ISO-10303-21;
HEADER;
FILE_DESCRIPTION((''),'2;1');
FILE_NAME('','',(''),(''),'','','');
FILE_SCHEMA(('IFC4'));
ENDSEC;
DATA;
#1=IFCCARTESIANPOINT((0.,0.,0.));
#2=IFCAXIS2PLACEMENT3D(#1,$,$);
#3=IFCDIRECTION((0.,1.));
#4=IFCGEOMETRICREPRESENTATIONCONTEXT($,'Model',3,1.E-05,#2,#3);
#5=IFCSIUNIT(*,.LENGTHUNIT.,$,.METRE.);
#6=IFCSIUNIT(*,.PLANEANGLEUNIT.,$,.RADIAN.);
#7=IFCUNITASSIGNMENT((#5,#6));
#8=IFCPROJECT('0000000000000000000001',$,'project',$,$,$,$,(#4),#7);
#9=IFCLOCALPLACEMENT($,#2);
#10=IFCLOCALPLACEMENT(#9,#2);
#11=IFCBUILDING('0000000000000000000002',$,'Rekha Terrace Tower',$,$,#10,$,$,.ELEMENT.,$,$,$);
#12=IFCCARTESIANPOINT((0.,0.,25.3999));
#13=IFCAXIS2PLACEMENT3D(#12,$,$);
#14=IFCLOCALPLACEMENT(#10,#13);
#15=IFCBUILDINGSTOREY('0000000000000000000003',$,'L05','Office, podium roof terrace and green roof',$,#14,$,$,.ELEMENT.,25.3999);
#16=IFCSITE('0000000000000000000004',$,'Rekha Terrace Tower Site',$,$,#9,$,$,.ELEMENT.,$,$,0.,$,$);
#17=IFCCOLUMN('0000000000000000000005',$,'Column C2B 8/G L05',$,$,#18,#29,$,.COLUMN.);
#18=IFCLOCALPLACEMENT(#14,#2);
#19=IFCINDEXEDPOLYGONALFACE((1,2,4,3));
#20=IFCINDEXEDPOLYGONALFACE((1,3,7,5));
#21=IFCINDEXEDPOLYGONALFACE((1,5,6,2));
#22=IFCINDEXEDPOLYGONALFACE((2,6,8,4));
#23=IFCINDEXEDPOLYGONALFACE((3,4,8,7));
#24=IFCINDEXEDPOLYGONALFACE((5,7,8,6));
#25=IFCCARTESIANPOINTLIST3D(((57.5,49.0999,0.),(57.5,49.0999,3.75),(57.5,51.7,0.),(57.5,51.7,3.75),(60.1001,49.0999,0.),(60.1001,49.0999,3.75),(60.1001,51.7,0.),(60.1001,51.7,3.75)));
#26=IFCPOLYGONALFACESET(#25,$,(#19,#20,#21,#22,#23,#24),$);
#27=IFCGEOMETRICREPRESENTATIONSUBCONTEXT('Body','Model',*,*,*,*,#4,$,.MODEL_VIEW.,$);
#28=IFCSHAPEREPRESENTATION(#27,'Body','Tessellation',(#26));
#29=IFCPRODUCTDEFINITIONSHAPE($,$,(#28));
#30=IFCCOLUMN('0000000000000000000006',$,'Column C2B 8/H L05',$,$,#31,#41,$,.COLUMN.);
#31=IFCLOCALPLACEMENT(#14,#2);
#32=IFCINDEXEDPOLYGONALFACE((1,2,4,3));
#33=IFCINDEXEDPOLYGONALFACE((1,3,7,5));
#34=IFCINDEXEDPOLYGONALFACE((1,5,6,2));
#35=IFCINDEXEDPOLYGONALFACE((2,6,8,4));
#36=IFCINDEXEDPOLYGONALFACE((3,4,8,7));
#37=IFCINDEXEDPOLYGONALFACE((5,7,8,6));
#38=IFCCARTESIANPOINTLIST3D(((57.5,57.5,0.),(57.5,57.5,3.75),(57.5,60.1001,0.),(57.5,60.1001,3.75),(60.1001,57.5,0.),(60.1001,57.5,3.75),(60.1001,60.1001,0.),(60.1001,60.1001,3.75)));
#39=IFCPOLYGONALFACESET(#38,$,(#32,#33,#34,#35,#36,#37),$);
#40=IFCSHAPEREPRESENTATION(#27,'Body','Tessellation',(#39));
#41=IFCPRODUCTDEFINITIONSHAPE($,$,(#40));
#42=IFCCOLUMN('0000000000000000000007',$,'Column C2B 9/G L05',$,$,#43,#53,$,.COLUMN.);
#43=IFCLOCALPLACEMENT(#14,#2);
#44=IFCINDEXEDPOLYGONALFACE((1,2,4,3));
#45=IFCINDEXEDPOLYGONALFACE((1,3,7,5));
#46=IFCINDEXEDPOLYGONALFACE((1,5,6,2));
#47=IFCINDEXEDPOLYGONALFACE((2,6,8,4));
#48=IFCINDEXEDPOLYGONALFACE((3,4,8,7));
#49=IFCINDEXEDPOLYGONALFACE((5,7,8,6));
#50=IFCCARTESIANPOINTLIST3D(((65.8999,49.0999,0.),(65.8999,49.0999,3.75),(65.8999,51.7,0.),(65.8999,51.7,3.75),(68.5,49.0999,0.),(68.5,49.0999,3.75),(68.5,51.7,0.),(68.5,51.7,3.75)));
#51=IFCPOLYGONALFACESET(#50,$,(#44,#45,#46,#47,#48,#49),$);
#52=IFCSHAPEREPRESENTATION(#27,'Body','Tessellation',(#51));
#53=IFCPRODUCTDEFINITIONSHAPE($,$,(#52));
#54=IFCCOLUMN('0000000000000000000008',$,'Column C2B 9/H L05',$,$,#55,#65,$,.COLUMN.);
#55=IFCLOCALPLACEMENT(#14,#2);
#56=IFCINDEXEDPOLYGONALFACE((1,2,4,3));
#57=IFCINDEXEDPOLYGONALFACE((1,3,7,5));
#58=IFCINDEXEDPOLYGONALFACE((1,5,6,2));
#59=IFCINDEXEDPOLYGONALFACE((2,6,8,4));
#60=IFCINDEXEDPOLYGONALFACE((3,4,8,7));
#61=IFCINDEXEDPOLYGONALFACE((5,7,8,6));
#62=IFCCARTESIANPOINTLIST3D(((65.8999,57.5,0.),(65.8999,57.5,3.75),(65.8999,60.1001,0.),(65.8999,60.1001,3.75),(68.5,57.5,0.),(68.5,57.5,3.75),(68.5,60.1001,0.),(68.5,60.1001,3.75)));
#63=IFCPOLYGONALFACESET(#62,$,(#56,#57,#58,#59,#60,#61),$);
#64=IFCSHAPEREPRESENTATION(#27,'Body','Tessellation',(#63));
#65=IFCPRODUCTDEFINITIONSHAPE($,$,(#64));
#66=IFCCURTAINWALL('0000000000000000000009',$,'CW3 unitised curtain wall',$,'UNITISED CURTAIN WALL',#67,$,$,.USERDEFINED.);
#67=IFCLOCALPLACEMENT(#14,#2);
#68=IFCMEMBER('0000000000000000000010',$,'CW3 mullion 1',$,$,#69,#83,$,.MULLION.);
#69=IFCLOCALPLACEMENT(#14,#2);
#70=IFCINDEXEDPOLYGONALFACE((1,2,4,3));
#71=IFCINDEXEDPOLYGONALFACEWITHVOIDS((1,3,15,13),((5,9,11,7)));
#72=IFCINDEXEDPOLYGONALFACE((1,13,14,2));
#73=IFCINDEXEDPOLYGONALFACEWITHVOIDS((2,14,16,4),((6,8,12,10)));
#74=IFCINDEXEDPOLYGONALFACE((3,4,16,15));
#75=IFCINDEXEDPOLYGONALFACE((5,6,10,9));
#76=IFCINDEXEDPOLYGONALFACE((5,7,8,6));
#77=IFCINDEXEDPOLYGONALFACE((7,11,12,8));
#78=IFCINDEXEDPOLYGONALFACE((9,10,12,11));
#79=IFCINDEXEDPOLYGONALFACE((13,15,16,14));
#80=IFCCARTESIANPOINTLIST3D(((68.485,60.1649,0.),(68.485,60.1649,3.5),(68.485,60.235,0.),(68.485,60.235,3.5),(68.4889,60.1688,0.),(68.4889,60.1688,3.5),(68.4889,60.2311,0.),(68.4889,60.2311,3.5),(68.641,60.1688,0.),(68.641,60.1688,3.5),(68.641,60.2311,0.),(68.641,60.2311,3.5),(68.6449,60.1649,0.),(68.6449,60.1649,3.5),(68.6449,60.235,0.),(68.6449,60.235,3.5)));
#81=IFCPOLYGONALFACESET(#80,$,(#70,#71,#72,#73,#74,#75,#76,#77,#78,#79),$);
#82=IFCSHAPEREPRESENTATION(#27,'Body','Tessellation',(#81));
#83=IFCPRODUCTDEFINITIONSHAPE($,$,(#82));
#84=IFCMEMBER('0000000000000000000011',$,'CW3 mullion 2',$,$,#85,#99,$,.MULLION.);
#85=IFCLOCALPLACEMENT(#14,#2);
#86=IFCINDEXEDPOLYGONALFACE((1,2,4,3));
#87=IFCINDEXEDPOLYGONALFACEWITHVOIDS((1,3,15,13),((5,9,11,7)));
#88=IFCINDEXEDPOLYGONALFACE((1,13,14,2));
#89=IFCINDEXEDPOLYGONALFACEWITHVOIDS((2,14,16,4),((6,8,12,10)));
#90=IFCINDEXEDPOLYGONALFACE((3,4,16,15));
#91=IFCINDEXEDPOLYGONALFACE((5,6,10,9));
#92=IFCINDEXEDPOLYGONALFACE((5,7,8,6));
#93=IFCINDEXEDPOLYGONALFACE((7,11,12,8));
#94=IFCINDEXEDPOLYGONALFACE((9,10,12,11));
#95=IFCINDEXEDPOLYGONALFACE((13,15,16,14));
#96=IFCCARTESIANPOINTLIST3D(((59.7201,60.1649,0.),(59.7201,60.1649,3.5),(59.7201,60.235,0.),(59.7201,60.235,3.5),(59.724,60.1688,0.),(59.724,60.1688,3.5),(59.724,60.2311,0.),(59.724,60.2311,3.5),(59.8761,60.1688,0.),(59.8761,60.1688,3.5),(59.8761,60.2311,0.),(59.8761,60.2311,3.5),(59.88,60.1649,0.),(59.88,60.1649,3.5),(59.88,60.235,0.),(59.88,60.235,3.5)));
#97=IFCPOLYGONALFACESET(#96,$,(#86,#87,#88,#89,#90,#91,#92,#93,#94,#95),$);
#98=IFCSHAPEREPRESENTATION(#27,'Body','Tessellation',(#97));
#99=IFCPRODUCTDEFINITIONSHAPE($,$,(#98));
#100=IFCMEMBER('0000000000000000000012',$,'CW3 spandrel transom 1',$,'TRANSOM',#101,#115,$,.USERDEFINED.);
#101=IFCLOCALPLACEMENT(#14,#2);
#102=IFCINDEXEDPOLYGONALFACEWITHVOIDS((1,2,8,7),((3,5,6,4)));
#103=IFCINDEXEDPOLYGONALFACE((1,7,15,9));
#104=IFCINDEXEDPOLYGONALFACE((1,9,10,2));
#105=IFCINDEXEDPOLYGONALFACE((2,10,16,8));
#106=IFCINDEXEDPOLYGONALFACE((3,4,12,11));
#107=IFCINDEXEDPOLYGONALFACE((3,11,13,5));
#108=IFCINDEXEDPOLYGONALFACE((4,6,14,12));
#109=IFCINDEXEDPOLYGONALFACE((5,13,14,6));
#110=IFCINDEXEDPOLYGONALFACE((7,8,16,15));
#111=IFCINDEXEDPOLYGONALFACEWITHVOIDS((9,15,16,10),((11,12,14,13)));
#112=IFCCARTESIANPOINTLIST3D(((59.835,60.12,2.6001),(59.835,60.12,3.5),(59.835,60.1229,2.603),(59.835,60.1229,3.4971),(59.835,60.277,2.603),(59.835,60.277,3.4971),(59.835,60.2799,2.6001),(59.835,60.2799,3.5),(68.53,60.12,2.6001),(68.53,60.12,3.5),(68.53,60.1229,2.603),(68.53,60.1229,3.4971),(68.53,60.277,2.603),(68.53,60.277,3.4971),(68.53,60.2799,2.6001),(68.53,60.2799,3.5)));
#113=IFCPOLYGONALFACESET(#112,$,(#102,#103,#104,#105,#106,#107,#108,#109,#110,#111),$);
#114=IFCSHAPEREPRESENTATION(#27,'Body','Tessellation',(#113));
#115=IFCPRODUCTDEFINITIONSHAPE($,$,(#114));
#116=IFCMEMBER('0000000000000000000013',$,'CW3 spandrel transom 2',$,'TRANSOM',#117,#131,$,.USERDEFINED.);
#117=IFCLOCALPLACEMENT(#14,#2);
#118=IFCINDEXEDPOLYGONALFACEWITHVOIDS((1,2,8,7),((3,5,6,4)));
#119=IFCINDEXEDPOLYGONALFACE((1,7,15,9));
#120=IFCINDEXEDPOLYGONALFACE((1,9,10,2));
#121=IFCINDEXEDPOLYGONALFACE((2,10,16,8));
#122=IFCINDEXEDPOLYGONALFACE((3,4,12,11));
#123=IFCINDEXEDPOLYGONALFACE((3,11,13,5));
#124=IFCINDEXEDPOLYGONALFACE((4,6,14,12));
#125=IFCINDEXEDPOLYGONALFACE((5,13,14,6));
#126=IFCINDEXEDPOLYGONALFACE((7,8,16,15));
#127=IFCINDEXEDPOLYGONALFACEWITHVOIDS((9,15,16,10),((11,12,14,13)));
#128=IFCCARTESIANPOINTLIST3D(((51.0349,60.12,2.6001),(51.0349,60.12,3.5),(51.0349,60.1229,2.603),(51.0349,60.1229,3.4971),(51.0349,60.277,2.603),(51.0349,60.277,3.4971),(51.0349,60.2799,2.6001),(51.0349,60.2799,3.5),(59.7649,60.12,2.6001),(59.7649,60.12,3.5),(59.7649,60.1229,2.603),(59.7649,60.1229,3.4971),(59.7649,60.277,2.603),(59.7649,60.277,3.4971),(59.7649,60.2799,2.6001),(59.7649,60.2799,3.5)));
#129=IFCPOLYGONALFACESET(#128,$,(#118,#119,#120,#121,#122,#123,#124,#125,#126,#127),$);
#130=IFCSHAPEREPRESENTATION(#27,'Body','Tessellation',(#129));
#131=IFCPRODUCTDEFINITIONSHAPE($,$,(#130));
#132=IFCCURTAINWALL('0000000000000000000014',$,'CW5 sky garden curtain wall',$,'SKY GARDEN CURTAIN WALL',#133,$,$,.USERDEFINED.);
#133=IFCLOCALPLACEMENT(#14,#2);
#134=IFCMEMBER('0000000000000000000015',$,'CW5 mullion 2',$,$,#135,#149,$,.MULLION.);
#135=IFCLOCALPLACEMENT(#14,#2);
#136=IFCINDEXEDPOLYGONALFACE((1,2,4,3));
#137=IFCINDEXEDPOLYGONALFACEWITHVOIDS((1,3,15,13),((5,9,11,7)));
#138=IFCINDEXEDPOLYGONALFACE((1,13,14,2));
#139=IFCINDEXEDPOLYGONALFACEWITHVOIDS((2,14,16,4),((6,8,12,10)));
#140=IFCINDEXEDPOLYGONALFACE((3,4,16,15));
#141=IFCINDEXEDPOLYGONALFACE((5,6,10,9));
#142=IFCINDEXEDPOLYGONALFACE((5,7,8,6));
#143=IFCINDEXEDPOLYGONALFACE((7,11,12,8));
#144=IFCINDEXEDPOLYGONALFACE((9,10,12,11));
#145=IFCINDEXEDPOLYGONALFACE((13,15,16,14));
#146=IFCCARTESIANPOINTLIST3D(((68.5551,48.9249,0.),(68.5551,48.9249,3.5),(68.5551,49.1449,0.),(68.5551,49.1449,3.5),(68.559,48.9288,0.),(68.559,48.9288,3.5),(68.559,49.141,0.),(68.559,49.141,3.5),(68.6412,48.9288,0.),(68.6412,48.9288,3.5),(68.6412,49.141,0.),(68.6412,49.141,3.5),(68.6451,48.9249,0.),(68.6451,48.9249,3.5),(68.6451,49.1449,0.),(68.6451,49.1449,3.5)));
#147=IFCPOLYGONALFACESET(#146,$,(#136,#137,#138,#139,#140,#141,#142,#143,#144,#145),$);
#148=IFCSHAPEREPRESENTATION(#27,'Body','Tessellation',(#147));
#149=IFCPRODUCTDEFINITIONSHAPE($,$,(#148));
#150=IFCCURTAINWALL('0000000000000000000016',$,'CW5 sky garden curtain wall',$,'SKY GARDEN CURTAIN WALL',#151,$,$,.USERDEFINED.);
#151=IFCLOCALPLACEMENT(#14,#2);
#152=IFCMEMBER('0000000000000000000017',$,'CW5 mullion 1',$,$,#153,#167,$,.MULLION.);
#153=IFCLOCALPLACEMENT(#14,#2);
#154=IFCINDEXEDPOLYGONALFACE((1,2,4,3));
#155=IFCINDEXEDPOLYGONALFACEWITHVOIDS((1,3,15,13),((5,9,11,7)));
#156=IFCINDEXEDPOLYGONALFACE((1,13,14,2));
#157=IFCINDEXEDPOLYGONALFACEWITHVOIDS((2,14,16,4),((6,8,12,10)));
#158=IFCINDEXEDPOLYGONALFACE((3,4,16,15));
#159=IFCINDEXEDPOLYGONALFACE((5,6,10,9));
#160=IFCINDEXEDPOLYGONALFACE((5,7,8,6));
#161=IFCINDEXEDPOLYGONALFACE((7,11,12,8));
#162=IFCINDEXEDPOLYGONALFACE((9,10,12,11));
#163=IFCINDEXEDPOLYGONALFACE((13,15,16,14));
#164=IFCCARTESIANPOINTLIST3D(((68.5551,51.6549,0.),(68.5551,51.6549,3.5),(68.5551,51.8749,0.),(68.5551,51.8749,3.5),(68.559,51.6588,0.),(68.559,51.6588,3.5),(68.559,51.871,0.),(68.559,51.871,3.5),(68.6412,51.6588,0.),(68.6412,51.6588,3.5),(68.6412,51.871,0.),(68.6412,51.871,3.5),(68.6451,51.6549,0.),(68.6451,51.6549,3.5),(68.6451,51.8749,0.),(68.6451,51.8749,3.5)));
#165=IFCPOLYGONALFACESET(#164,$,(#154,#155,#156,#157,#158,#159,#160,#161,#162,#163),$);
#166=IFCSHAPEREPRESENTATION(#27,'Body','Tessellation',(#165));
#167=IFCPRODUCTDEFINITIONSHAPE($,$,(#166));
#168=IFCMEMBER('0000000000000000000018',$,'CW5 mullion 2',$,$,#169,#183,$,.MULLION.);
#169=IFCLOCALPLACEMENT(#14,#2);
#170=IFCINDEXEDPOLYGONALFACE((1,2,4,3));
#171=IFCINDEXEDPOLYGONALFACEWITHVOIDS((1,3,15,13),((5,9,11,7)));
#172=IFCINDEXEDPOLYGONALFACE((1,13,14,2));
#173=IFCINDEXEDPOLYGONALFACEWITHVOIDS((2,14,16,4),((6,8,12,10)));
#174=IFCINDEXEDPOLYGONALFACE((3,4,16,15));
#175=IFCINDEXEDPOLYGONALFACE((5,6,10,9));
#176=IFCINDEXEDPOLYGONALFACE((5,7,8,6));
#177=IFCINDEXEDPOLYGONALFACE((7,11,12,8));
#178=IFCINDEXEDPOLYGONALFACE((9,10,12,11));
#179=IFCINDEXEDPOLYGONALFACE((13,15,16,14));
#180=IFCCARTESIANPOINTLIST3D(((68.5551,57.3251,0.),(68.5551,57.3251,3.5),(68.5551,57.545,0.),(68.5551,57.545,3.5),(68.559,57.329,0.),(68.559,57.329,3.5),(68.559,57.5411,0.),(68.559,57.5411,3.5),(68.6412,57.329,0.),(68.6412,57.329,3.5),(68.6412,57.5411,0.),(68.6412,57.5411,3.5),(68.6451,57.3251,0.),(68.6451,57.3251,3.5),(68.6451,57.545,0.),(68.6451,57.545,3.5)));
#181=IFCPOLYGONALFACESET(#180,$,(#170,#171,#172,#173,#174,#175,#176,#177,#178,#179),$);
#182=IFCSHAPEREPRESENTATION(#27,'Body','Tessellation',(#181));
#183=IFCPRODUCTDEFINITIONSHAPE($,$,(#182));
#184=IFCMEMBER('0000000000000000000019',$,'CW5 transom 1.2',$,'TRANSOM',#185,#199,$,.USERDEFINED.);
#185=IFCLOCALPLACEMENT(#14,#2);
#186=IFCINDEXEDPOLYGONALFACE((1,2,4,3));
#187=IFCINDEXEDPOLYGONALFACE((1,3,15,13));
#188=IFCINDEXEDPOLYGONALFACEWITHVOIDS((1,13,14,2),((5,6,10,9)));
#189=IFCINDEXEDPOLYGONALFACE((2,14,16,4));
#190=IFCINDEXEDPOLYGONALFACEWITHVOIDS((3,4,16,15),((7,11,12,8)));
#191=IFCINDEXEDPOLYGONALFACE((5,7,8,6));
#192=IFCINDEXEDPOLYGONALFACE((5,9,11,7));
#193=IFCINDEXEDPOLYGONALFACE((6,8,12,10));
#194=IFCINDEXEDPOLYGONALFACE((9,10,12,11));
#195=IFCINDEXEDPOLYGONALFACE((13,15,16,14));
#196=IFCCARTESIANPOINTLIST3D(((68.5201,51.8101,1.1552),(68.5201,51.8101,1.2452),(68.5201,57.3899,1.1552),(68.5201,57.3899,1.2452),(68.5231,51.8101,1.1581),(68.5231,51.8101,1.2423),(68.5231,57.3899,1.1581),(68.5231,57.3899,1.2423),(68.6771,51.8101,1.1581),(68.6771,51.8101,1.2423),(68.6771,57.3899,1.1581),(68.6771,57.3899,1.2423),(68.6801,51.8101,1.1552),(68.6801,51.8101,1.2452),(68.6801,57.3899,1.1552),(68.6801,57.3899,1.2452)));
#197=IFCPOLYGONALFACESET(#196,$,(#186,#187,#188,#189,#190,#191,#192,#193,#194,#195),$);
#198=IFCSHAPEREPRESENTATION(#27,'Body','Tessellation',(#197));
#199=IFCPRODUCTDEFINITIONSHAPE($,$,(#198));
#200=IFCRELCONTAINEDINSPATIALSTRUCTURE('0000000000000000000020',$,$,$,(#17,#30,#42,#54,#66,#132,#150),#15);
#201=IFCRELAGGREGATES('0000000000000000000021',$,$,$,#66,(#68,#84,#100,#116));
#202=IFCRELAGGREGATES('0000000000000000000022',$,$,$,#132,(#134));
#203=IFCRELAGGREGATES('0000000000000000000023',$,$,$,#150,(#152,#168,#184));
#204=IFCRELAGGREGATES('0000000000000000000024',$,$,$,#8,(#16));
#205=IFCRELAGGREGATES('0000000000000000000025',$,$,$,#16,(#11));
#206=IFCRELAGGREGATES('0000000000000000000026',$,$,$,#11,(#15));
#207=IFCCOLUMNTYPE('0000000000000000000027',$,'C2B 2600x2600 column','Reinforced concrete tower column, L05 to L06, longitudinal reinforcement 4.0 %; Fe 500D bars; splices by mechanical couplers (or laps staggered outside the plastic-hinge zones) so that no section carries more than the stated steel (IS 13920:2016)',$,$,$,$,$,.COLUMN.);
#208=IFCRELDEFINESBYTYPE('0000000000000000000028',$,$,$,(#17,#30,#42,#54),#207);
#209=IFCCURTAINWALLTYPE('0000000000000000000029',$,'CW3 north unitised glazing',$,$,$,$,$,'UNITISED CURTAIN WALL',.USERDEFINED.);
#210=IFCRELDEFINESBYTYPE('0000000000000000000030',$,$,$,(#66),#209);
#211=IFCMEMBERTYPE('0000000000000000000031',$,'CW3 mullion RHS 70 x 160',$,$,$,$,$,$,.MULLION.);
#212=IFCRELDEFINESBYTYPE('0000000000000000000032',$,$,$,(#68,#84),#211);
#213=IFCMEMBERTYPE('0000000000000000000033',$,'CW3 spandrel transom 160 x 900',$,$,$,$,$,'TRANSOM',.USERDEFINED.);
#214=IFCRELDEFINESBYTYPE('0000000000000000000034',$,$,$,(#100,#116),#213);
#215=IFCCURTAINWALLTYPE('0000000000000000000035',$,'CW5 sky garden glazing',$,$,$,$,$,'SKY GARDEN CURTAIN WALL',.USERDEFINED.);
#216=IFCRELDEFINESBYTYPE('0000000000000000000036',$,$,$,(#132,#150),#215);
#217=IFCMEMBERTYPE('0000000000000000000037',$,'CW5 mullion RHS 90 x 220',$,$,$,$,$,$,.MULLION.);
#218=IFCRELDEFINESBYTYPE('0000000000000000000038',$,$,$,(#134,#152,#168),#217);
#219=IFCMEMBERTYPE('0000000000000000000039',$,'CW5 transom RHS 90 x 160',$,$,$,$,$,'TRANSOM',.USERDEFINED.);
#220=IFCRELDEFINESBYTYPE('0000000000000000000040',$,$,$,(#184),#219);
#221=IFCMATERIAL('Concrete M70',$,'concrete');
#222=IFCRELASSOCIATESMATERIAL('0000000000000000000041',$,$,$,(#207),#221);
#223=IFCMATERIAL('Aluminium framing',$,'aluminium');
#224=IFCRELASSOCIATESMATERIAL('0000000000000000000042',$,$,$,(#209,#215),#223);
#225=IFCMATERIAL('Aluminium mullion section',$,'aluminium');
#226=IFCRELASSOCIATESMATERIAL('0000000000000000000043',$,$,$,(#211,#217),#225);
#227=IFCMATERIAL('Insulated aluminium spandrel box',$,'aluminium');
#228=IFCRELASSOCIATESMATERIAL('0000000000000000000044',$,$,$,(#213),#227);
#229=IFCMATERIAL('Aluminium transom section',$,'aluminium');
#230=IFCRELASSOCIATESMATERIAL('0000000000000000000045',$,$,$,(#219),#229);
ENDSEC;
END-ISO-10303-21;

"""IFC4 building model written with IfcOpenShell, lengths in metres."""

from ifc_helpers import new_model, si_unit, direction, frame, origin, origin_2d, place, context, subcontext, project, spatial, rectangle, hollow_rectangle, extrude, material, material_profile, profile_set, type_object, element, aggregate, save


model = new_model("IFC4")

# Units and contexts
model_context = context("Model", 3, precision=1e-05, world=origin(), true_north=direction((0.0, 1.0)))
body_context = subcontext(model_context, "Body", "Model", "MODEL_VIEW")
ifc_project = project(units=[si_unit("LENGTHUNIT", "METRE"), si_unit("PLANEANGLEUNIT", "RADIAN")], contexts=[model_context])

# Site, building, storey
site_placement = place(None, origin())
site = spatial("IfcSite", under=ifc_project, at=site_placement, Name="Rekha Terrace Tower Site", CompositionType="ELEMENT", RefElevation=0.0)
building_placement = place(site_placement, origin())
building = spatial("IfcBuilding", under=site, at=building_placement, Name="Rekha Terrace Tower", CompositionType="ELEMENT")
storey_placement = place(building_placement, frame((0.0, 0.0, 25.3999)))
storey = spatial("IfcBuildingStorey", under=building, at=storey_placement, Name="L05", Description="Office, podium roof terrace and green roof", CompositionType="ELEMENT", Elevation=25.3999)

# Columns
ifc_material_1 = material(Name="Concrete M70", Category="concrete")
ifc_material_profile_1 = material_profile(ifc_material_1, rectangle(XDim=2.6001, YDim=2.6001, at=origin_2d()), Name="RC 2600x2600")
ifc_profile_set_1 = profile_set([ifc_material_profile_1], Name="Concrete M70")
column_type = type_object("IfcColumnType", Name="C2B 2600x2600 column", Description="Reinforced concrete tower column, L05 to L06, longitudinal reinforcement 4.0 %; Fe 500D bars; splices by mechanical couplers (or laps staggered outside the plastic-hinge zones) so that no section carries more than the stated steel (IS 13920:2016)", PredefinedType="COLUMN", material=ifc_profile_set_1)
for number, where, z_axis, x_axis, name in (
    (1, (58.8, 50.3999, 0.0), (0.0, 0.0, 1.0), (1.0, 0.0, 0.0), "Column C2B 8/G L05"),
    (2, (58.8, 58.8, 0.0), (0.0, 0.0, 1.0), (1.0, 0.0, 0.0), "Column C2B 8/H L05"),
    (3, (67.2, 50.3999, 0.0), (0.0, 0.0, 1.0), (1.0, 0.0, 0.0), "Column C2B 9/G L05"),
    (4, (67.2, 58.8, 0.0), (0.0, 0.0, 1.0), (1.0, 0.0, 0.0), "Column C2B 9/H L05"),
):
    element("IfcColumn", number, at=place(storey_placement, frame(where, z_axis=z_axis, x_axis=x_axis)), inside=storey, type_object=column_type, Name=name, PredefinedType="COLUMN", context=body_context, shape_type="SweptSolid", body=[
        extrude(rectangle(XDim=2.6001, YDim=2.6001, at=origin_2d()), origin(), (0.0, 0.0, 1.0), 3.75),
    ])

# Curtain wall, members
ifc_material_2 = material(Name="Aluminium framing", Category="aluminium")
curtain_wall_type_1 = type_object("IfcCurtainWallType", Name="CW3 north unitised glazing", ElementType="UNITISED CURTAIN WALL", PredefinedType="USERDEFINED", material=ifc_material_2)
curtain_wall_1_placement = place(storey_placement, origin())
curtain_wall_1 = element("IfcCurtainWall", 5, at=curtain_wall_1_placement, inside=storey, type_object=curtain_wall_type_1, Name="CW3 unitised curtain wall", ObjectType="UNITISED CURTAIN WALL", PredefinedType="USERDEFINED")
ifc_material_3 = material(Name="Aluminium mullion section", Category="aluminium")
ifc_material_profile_2 = material_profile(ifc_material_3, hollow_rectangle(XDim=0.0701, YDim=0.1599, WallThickness=0.0039, at=origin_2d()), Name="AL RHS 70x160")
ifc_profile_set_2 = profile_set([ifc_material_profile_2], Name="Aluminium mullion section")
member_type_1 = type_object("IfcMemberType", Name="CW3 mullion RHS 70 x 160", PredefinedType="MULLION", material=ifc_profile_set_2)
member_1_placement = place(storey_placement, frame((68.5649, 60.2, 0.0), z_axis=(0.0, 0.0, 1.0), x_axis=(0.0, -1.0, 0.0)))
member_1 = element("IfcMember", 6, at=member_1_placement, type_object=member_type_1, Name="CW3 mullion 1", PredefinedType="MULLION", context=body_context, shape_type="SweptSolid", body=[
    extrude(hollow_rectangle(XDim=0.0701, YDim=0.1599, WallThickness=0.0039, at=origin_2d()), origin(), (0.0, 0.0, 1.0), 3.5),
])
member_2_placement = place(storey_placement, frame((59.8, 60.2, 0.0), z_axis=(0.0, 0.0, 1.0), x_axis=(0.0, -1.0, 0.0)))
member_2 = element("IfcMember", 7, at=member_2_placement, type_object=member_type_1, Name="CW3 mullion 2", PredefinedType="MULLION", context=body_context, shape_type="SweptSolid", body=[
    extrude(hollow_rectangle(XDim=0.0701, YDim=0.1599, WallThickness=0.0039, at=origin_2d()), origin(), (0.0, 0.0, 1.0), 3.5),
])
ifc_material_4 = material(Name="Insulated aluminium spandrel box", Category="aluminium")
ifc_material_profile_3 = material_profile(ifc_material_4, hollow_rectangle(XDim=0.1599, YDim=0.8999, WallThickness=0.0029, at=origin_2d()), Name="AL SPANDREL BOX 160x900")
ifc_profile_set_3 = profile_set([ifc_material_profile_3], Name="Insulated aluminium spandrel box")
member_type_2 = type_object("IfcMemberType", Name="CW3 spandrel transom 160 x 900", ElementType="TRANSOM", PredefinedType="USERDEFINED", material=ifc_profile_set_3)
member_3_placement = place(storey_placement, frame((68.53, 60.2, 3.05), z_axis=(-1.0, 0.0, 0.0), x_axis=(0.0, -1.0, 0.0)))
member_3 = element("IfcMember", 8, at=member_3_placement, type_object=member_type_2, Name="CW3 spandrel transom 1", ObjectType="TRANSOM", PredefinedType="USERDEFINED", context=body_context, shape_type="SweptSolid", body=[
    extrude(hollow_rectangle(XDim=0.1599, YDim=0.8999, WallThickness=0.0029, at=origin_2d()), origin(), (0.0, 0.0, 1.0), 8.6951),
])
member_4_placement = place(storey_placement, frame((59.7649, 60.2, 3.05), z_axis=(-1.0, 0.0, 0.0), x_axis=(0.0, -1.0, 0.0)))
member_4 = element("IfcMember", 9, at=member_4_placement, type_object=member_type_2, Name="CW3 spandrel transom 2", ObjectType="TRANSOM", PredefinedType="USERDEFINED", context=body_context, shape_type="SweptSolid", body=[
    extrude(hollow_rectangle(XDim=0.1599, YDim=0.8999, WallThickness=0.0029, at=origin_2d()), origin(), (0.0, 0.0, 1.0), 8.73),
])

# Curtain wall, member
curtain_wall_type_2 = type_object("IfcCurtainWallType", Name="CW5 sky garden glazing", ElementType="SKY GARDEN CURTAIN WALL", PredefinedType="USERDEFINED", material=ifc_material_2)
curtain_wall_2_placement = place(storey_placement, origin())
curtain_wall_2 = element("IfcCurtainWall", 10, at=curtain_wall_2_placement, inside=storey, type_object=curtain_wall_type_2, Name="CW5 sky garden curtain wall", ObjectType="SKY GARDEN CURTAIN WALL", PredefinedType="USERDEFINED")
ifc_material_profile_4 = material_profile(ifc_material_3, hollow_rectangle(XDim=0.0901, YDim=0.22, WallThickness=0.0039, at=origin_2d()), Name="AL RHS 90x220")
ifc_profile_set_4 = profile_set([ifc_material_profile_4], Name="Aluminium mullion section")
member_type_3 = type_object("IfcMemberType", Name="CW5 mullion RHS 90 x 220", PredefinedType="MULLION", material=ifc_profile_set_4)
member_5_placement = place(storey_placement, frame((68.6001, 49.0349, 0.0), z_axis=(0.0, 0.0, 1.0), x_axis=(-1.0, 0.0, 0.0)))
member_5 = element("IfcMember", 11, at=member_5_placement, type_object=member_type_3, Name="CW5 mullion 2", PredefinedType="MULLION", context=body_context, shape_type="SweptSolid", body=[
    extrude(hollow_rectangle(XDim=0.0901, YDim=0.22, WallThickness=0.0039, at=origin_2d()), origin(), (0.0, 0.0, 1.0), 3.5),
])

# Curtain wall, members
curtain_wall_3_placement = place(storey_placement, origin())
curtain_wall_3 = element("IfcCurtainWall", 12, at=curtain_wall_3_placement, inside=storey, type_object=curtain_wall_type_2, Name="CW5 sky garden curtain wall", ObjectType="SKY GARDEN CURTAIN WALL", PredefinedType="USERDEFINED")
member_6_placement = place(storey_placement, frame((68.6001, 51.7649, 0.0), z_axis=(0.0, 0.0, 1.0), x_axis=(-1.0, 0.0, 0.0)))
member_6 = element("IfcMember", 13, at=member_6_placement, type_object=member_type_3, Name="CW5 mullion 1", PredefinedType="MULLION", context=body_context, shape_type="SweptSolid", body=[
    extrude(hollow_rectangle(XDim=0.0901, YDim=0.22, WallThickness=0.0039, at=origin_2d()), origin(), (0.0, 0.0, 1.0), 3.5),
])
member_7_placement = place(storey_placement, frame((68.6001, 57.4351, 0.0), z_axis=(0.0, 0.0, 1.0), x_axis=(-1.0, 0.0, 0.0)))
member_7 = element("IfcMember", 14, at=member_7_placement, type_object=member_type_3, Name="CW5 mullion 2", PredefinedType="MULLION", context=body_context, shape_type="SweptSolid", body=[
    extrude(hollow_rectangle(XDim=0.0901, YDim=0.22, WallThickness=0.0039, at=origin_2d()), origin(), (0.0, 0.0, 1.0), 3.5),
])
ifc_material_5 = material(Name="Aluminium transom section", Category="aluminium")
ifc_material_profile_5 = material_profile(ifc_material_5, hollow_rectangle(XDim=0.1599, YDim=0.0901, WallThickness=0.0029, at=origin_2d()), Name="AL RHS 160x90")
ifc_profile_set_5 = profile_set([ifc_material_profile_5], Name="Aluminium transom section")
member_type_4 = type_object("IfcMemberType", Name="CW5 transom RHS 90 x 160", ElementType="TRANSOM", PredefinedType="USERDEFINED", material=ifc_profile_set_5)
member_8_placement = place(storey_placement, frame((68.6001, 51.8101, 1.2002), z_axis=(0.0, 1.0, 0.0), x_axis=(-1.0, 0.0, 0.0)))
member_8 = element("IfcMember", 15, at=member_8_placement, type_object=member_type_4, Name="CW5 transom 1.2", ObjectType="TRANSOM", PredefinedType="USERDEFINED", context=body_context, shape_type="SweptSolid", body=[
    extrude(hollow_rectangle(XDim=0.1599, YDim=0.0901, WallThickness=0.0029, at=origin_2d()), origin(), (0.0, 0.0, 1.0), 5.5798),
])

aggregate(curtain_wall_1, [member_1, member_2, member_3, member_4])
aggregate(curtain_wall_2, [member_5])
aggregate(curtain_wall_3, [member_6, member_7, member_8])

save(model, "model.ifc")
